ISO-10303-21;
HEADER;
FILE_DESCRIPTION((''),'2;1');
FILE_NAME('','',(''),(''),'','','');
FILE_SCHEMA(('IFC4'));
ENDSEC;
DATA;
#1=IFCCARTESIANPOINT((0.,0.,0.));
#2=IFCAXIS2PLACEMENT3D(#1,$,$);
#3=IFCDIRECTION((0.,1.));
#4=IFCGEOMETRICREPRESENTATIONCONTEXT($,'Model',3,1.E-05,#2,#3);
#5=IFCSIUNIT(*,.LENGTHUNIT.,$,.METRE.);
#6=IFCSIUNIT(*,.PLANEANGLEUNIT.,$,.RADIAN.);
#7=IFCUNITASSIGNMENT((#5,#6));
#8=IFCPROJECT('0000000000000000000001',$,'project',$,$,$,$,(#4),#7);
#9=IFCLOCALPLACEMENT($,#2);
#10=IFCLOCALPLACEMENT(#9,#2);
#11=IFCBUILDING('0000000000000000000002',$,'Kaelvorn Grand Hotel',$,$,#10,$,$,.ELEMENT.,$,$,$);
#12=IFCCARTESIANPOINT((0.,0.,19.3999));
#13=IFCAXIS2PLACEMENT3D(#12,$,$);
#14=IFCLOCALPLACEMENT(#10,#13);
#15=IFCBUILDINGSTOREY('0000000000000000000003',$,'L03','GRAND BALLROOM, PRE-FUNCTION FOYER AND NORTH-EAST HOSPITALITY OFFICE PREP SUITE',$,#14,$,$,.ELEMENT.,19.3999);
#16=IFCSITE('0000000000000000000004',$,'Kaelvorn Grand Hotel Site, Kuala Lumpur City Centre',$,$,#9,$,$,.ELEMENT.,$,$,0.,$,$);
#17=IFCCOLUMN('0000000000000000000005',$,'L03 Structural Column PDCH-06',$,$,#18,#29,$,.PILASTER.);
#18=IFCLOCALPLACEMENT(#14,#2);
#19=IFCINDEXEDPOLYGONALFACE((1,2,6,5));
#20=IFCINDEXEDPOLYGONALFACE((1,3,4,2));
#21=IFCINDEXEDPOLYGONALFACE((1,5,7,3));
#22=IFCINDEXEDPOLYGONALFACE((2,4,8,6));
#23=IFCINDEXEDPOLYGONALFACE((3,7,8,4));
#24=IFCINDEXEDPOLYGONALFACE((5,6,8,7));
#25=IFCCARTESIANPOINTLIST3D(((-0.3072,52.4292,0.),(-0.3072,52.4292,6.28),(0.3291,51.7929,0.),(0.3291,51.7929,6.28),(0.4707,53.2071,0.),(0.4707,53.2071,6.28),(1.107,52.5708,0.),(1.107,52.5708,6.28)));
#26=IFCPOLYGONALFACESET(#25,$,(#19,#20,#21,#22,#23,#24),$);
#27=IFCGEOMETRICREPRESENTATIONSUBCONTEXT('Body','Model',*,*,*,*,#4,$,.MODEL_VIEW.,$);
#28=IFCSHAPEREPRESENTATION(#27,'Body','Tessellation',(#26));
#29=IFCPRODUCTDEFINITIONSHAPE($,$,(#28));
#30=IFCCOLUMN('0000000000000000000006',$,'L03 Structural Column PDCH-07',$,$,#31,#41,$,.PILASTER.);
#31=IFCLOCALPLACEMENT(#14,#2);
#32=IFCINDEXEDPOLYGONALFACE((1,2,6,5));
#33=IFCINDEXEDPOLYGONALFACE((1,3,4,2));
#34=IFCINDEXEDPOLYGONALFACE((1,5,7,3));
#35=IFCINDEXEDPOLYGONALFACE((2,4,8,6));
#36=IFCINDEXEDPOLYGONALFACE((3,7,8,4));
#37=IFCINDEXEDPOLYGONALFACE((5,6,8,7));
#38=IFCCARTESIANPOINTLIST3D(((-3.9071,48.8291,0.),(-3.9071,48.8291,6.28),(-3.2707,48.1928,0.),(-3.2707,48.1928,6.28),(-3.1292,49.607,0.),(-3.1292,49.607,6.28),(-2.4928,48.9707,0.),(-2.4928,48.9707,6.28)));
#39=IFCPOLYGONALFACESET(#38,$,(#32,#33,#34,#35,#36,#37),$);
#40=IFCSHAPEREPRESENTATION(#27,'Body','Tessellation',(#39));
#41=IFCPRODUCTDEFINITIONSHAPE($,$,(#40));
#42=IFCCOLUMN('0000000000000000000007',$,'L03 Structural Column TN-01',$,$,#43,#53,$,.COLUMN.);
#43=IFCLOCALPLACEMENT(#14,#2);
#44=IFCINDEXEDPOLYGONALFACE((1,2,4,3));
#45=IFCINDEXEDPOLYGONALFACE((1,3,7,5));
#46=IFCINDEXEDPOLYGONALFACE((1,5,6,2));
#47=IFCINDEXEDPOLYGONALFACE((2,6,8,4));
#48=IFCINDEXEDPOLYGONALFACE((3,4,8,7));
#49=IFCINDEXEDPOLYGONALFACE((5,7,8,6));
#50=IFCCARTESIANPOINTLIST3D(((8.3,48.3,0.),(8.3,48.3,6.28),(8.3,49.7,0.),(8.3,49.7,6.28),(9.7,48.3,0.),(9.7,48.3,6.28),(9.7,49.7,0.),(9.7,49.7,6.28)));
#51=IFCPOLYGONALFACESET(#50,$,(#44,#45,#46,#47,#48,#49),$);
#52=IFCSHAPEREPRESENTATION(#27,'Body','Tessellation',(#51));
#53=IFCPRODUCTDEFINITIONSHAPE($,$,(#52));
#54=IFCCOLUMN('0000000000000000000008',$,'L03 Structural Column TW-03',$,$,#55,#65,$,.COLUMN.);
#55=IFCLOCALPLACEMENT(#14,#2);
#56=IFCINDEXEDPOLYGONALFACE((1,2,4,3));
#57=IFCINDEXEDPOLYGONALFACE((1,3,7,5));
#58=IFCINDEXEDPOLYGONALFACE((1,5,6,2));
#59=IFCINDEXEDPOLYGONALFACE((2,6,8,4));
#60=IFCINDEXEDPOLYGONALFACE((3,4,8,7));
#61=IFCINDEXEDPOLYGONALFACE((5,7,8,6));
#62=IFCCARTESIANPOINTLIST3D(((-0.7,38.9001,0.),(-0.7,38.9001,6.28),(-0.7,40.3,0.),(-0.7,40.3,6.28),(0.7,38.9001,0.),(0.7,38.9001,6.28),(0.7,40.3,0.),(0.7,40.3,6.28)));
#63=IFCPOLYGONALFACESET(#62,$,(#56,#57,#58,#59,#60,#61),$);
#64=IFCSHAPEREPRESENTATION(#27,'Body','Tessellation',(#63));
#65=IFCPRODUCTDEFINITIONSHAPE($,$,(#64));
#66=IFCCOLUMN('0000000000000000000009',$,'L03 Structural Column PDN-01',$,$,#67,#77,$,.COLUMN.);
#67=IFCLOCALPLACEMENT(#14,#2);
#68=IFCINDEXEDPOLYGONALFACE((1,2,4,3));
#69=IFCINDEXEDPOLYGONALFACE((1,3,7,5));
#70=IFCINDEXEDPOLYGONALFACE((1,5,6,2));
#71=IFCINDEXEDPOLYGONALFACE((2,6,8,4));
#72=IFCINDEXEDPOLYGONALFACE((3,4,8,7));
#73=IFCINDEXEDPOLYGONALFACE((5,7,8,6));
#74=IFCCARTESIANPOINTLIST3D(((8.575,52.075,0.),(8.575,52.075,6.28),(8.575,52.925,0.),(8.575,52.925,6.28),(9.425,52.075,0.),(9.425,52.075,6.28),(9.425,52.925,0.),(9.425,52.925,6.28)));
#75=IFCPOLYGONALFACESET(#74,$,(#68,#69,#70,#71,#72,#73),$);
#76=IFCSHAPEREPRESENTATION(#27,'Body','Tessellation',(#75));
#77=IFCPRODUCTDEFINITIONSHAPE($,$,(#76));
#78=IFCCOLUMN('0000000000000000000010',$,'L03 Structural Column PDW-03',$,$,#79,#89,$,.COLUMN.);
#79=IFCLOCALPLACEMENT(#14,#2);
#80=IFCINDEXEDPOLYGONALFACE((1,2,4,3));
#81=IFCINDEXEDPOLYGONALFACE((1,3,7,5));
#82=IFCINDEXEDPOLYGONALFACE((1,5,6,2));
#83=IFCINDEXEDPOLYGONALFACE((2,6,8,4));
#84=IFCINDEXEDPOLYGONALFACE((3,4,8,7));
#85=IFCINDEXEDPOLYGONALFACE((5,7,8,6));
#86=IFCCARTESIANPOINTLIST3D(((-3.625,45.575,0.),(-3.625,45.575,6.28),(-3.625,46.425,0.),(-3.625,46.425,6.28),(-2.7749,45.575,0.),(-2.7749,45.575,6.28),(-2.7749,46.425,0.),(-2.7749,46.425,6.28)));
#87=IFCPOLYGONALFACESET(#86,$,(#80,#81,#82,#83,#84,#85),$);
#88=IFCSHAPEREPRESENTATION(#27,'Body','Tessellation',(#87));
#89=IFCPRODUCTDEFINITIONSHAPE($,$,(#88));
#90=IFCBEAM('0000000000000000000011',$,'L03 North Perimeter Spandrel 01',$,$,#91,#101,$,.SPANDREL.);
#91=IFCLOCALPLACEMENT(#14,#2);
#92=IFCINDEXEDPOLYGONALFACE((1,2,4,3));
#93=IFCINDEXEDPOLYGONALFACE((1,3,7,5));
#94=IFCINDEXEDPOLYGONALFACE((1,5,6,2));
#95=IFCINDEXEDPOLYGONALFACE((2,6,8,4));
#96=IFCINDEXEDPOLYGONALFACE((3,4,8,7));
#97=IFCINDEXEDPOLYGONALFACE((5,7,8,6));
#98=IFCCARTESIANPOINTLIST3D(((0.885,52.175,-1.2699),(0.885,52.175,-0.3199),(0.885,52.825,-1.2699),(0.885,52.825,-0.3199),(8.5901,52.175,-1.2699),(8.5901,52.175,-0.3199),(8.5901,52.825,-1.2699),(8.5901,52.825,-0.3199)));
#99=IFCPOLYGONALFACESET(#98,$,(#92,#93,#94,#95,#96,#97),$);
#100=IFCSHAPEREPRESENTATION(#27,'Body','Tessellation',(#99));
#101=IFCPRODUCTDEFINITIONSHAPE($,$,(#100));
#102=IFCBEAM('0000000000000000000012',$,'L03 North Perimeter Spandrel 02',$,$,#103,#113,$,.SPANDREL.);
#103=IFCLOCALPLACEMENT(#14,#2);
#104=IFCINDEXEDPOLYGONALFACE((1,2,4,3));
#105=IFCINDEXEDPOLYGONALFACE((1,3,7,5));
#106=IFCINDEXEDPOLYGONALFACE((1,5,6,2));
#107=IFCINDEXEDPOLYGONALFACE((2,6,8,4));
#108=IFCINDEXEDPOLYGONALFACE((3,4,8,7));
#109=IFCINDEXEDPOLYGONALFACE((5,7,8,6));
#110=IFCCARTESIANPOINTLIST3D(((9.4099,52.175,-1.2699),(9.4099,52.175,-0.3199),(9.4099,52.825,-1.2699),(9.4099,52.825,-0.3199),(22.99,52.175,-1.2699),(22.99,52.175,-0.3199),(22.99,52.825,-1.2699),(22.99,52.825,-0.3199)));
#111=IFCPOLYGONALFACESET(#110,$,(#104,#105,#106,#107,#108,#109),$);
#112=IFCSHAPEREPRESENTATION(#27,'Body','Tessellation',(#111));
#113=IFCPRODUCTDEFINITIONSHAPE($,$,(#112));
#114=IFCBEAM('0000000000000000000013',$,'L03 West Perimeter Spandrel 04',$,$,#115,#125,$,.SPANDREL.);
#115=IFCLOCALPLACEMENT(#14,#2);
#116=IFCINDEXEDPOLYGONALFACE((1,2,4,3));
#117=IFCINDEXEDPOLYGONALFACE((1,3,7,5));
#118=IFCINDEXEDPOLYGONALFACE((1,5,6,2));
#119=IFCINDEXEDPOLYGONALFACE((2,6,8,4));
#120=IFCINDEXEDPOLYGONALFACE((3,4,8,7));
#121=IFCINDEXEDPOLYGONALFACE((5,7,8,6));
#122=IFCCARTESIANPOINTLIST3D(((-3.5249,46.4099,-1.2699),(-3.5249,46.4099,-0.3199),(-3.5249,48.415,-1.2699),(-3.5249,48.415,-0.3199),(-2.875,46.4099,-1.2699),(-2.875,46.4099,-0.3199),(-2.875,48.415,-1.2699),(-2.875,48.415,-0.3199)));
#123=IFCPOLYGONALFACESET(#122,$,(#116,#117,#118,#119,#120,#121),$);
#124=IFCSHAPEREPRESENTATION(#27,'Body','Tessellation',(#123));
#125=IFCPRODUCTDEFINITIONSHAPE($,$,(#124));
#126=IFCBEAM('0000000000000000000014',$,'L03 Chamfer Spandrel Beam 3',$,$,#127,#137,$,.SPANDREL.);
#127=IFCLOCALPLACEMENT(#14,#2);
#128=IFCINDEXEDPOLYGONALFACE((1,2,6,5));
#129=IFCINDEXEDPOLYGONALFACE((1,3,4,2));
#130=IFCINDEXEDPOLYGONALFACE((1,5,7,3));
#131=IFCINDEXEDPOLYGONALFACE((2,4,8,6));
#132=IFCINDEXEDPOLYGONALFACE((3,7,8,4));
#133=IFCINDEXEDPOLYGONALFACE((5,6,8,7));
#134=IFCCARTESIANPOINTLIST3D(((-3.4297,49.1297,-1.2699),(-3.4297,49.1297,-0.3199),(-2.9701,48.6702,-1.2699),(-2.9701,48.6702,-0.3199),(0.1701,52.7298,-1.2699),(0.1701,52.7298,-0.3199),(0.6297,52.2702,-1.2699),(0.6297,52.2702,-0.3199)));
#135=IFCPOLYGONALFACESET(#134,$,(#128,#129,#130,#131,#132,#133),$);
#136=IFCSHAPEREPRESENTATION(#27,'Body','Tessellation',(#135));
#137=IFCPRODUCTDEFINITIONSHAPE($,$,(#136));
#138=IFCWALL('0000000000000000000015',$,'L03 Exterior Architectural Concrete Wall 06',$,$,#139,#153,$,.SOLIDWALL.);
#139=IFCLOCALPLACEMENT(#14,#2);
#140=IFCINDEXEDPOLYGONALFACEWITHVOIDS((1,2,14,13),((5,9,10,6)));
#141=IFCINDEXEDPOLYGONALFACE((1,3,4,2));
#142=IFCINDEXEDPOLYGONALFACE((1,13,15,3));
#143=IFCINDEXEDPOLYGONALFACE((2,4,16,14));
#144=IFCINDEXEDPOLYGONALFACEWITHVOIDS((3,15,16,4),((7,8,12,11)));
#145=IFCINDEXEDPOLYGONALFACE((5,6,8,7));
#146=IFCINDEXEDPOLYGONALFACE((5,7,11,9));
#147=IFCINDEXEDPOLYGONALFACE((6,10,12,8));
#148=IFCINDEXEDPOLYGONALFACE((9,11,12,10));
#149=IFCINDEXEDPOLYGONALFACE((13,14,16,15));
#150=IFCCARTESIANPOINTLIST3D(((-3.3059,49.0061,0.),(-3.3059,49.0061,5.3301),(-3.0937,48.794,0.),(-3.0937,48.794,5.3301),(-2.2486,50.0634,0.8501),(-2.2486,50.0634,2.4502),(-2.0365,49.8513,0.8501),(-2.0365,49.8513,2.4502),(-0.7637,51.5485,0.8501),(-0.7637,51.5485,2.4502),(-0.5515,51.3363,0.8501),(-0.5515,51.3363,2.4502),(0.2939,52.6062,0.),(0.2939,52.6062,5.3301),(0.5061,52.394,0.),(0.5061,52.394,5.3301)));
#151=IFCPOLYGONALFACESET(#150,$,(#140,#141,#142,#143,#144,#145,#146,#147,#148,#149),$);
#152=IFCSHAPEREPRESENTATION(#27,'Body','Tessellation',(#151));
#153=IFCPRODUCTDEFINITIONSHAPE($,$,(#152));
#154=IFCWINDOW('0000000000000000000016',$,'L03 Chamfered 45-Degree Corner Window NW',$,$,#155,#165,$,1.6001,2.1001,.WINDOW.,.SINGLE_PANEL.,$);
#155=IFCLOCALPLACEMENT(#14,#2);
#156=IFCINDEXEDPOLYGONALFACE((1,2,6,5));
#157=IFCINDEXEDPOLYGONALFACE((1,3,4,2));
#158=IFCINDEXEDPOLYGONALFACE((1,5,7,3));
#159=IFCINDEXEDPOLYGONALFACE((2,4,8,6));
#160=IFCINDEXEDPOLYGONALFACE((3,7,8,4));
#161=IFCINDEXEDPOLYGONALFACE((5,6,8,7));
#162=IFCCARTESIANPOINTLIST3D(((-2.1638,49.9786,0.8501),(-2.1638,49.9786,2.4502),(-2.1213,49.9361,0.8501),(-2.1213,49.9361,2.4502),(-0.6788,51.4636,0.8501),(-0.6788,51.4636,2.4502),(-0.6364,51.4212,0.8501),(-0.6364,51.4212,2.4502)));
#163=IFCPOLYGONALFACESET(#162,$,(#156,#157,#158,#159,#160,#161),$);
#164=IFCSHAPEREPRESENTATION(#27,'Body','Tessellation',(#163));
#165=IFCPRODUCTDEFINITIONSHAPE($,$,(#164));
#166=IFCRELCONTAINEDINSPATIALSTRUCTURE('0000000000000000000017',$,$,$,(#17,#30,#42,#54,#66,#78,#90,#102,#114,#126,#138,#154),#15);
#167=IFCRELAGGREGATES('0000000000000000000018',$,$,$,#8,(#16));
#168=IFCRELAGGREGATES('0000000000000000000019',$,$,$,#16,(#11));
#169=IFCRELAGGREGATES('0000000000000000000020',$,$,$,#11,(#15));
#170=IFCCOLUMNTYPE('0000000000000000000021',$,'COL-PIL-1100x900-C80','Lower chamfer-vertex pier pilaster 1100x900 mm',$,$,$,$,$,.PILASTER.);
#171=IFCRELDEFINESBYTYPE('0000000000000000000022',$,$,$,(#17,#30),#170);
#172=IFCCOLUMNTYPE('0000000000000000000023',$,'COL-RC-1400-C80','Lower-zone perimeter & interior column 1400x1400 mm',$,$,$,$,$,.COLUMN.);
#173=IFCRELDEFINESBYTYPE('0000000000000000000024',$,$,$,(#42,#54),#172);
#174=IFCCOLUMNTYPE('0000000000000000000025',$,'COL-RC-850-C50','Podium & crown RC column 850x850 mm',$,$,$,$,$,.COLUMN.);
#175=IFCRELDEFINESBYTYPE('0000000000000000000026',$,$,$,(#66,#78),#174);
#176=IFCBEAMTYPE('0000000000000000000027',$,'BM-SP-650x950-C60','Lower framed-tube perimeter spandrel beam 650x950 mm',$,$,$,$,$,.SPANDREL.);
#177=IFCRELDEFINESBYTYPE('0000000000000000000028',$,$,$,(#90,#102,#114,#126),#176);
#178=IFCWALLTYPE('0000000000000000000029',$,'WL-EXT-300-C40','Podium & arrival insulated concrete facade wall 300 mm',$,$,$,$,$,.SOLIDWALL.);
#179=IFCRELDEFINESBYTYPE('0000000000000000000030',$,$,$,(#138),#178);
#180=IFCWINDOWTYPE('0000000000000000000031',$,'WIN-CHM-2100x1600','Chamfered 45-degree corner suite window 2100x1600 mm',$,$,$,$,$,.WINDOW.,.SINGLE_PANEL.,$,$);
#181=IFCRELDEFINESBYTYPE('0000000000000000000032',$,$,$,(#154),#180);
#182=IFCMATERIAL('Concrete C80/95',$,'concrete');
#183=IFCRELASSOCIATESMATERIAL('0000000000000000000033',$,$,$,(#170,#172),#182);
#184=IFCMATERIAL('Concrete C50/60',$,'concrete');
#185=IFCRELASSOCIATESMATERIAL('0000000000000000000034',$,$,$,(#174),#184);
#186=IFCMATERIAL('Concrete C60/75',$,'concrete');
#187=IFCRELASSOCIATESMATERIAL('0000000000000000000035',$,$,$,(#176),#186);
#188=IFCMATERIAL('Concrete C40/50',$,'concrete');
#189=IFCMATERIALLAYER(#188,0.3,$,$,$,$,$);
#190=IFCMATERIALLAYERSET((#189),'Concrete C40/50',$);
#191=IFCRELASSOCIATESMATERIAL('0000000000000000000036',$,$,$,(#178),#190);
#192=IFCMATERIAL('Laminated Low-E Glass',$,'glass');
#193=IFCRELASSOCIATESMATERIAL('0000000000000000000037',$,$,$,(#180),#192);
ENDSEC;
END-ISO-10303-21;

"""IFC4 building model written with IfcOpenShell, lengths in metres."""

from ifc_helpers import new_model, si_unit, direction, frame, frame_2d, origin, origin_2d, place, context, subcontext, project, spatial, rectangle, extrude, material, layer, layer_set, material_profile, profile_set, type_object, element, fill, save


model = new_model("IFC4")

# Units and contexts
model_context = context("Model", 3, precision=1e-05, world=origin(), true_north=direction((0.0, 1.0)))
body_context = subcontext(model_context, "Body", "Model", "MODEL_VIEW")
ifc_project = project(units=[si_unit("LENGTHUNIT", "METRE"), si_unit("PLANEANGLEUNIT", "RADIAN")], contexts=[model_context])

# Site, building, storey
site_placement = place(None, origin())
site = spatial("IfcSite", under=ifc_project, at=site_placement, Name="Kaelvorn Grand Hotel Site, Kuala Lumpur City Centre", CompositionType="ELEMENT", RefElevation=0.0)
building_placement = place(site_placement, origin())
building = spatial("IfcBuilding", under=site, at=building_placement, Name="Kaelvorn Grand Hotel", CompositionType="ELEMENT")
storey_placement = place(building_placement, frame((0.0, 0.0, 19.3999)))
storey = spatial("IfcBuildingStorey", under=building, at=storey_placement, Name="L03", Description="GRAND BALLROOM, PRE-FUNCTION FOYER AND NORTH-EAST HOSPITALITY OFFICE PREP SUITE", CompositionType="ELEMENT", Elevation=19.3999)

# Columns
ifc_material_1 = material(Name="Concrete C80/95", Category="concrete")
ifc_material_profile_1 = material_profile(ifc_material_1, rectangle(XDim=1.1001, YDim=0.8999, at=origin_2d()), Name="RC PILASTER 1100x900")
ifc_profile_set_1 = profile_set([ifc_material_profile_1], Name="Concrete C80/95")
column_type_1 = type_object("IfcColumnType", Name="COL-PIL-1100x900-C80", Description="Lower chamfer-vertex pier pilaster 1100x900 mm", PredefinedType="PILASTER", material=ifc_profile_set_1)
for number, where, z_axis, x_axis, name in (
    (1, (0.3999, 52.5, 0.0), (0.0, 0.0, 1.0), (0.707107, 0.707107, 0.0), "L03 Structural Column PDCH-06"),
    (2, (-3.2, 48.8999, 0.0), (0.0, 0.0, 1.0), (0.707107, 0.707107, 0.0), "L03 Structural Column PDCH-07"),
):
    element("IfcColumn", number, at=place(storey_placement, frame(where, z_axis=z_axis, x_axis=x_axis)), inside=storey, type_object=column_type_1, Name=name, PredefinedType="PILASTER", context=body_context, shape_type="SweptSolid", body=[
        extrude(rectangle(XDim=1.1001, YDim=0.8999, at=origin_2d()), origin(), (0.0, 0.0, 1.0), 6.28),
    ])
ifc_material_profile_2 = material_profile(ifc_material_1, rectangle(XDim=1.3999, YDim=1.3999, at=origin_2d()), Name="RC COL 1400x1400")
ifc_profile_set_2 = profile_set([ifc_material_profile_2], Name="Concrete C80/95")
column_type_2 = type_object("IfcColumnType", Name="COL-RC-1400-C80", Description="Lower-zone perimeter & interior column 1400x1400 mm", PredefinedType="COLUMN", material=ifc_profile_set_2)
for number, where, z_axis, x_axis, name in (
    (3, (9.0, 49.0, 0.0), (0.0, 0.0, 1.0), (1.0, 0.0, 0.0), "L03 Structural Column TN-01"),
    (4, (0.0, 39.6001, 0.0), (0.0, 0.0, 1.0), (1.0, 0.0, 0.0), "L03 Structural Column TW-03"),
):
    element("IfcColumn", number, at=place(storey_placement, frame(where, z_axis=z_axis, x_axis=x_axis)), inside=storey, type_object=column_type_2, Name=name, PredefinedType="COLUMN", context=body_context, shape_type="SweptSolid", body=[
        extrude(rectangle(XDim=1.3999, YDim=1.3999, at=origin_2d()), origin(), (0.0, 0.0, 1.0), 6.28),
    ])
ifc_material_2 = material(Name="Concrete C50/60", Category="concrete")
ifc_material_profile_3 = material_profile(ifc_material_2, rectangle(XDim=0.8501, YDim=0.8501, at=origin_2d()), Name="RC COL 850x850")
ifc_profile_set_3 = profile_set([ifc_material_profile_3], Name="Concrete C50/60")
column_type_3 = type_object("IfcColumnType", Name="COL-RC-850-C50", Description="Podium & crown RC column 850x850 mm", PredefinedType="COLUMN", material=ifc_profile_set_3)
for number, where, z_axis, x_axis, name in (
    (5, (9.0, 52.5, 0.0), (0.0, 0.0, 1.0), (1.0, 0.0, 0.0), "L03 Structural Column PDN-01"),
    (6, (-3.2, 46.0, 0.0), (0.0, 0.0, 1.0), (1.0, 0.0, 0.0), "L03 Structural Column PDW-03"),
):
    element("IfcColumn", number, at=place(storey_placement, frame(where, z_axis=z_axis, x_axis=x_axis)), inside=storey, type_object=column_type_3, Name=name, PredefinedType="COLUMN", context=body_context, shape_type="SweptSolid", body=[
        extrude(rectangle(XDim=0.8501, YDim=0.8501, at=origin_2d()), origin(), (0.0, 0.0, 1.0), 6.28),
    ])

# Beams
ifc_material_3 = material(Name="Concrete C60/75", Category="concrete")
ifc_material_profile_4 = material_profile(ifc_material_3, rectangle(XDim=0.6499, YDim=0.95, at=origin_2d()), Name="RC SPANDREL 650x950")
ifc_profile_set_4 = profile_set([ifc_material_profile_4], Name="Concrete C60/75")
beam_type = type_object("IfcBeamType", Name="BM-SP-650x950-C60", Description="Lower framed-tube perimeter spandrel beam 650x950 mm", PredefinedType="SPANDREL", material=ifc_profile_set_4)
beam_1_placement = place(storey_placement, frame((0.885, 52.5, -0.7949), z_axis=(1.0, 0.0, 0.0), x_axis=(0.0, 1.0, 0.0)))
element("IfcBeam", 7, at=beam_1_placement, inside=storey, type_object=beam_type, Name="L03 North Perimeter Spandrel 01", PredefinedType="SPANDREL", context=body_context, shape_type="SweptSolid", body=[
    extrude(rectangle(XDim=0.6499, YDim=0.95, at=origin_2d()), origin(), (0.0, 0.0, 1.0), 7.7051),
])
beam_2_placement = place(storey_placement, frame((9.4099, 52.5, -0.7949), z_axis=(1.0, 0.0, 0.0), x_axis=(0.0, 1.0, 0.0)))
element("IfcBeam", 8, at=beam_2_placement, inside=storey, type_object=beam_type, Name="L03 North Perimeter Spandrel 02", PredefinedType="SPANDREL", context=body_context, shape_type="SweptSolid", body=[
    extrude(rectangle(XDim=0.6499, YDim=0.95, at=origin_2d()), origin(), (0.0, 0.0, 1.0), 13.5801),
])
beam_3_placement = place(storey_placement, frame((-3.2, 46.4099, -0.7949), z_axis=(0.0, 1.0, 0.0), x_axis=(-1.0, 0.0, 0.0)))
element("IfcBeam", 9, at=beam_3_placement, inside=storey, type_object=beam_type, Name="L03 West Perimeter Spandrel 04", PredefinedType="SPANDREL", context=body_context, shape_type="SweptSolid", body=[
    extrude(rectangle(XDim=0.6499, YDim=0.95, at=origin_2d()), origin(), (0.0, 0.0, 1.0), 2.0051),
])
beam_4_placement = place(storey_placement, frame((0.3999, 52.5, -0.7949), z_axis=(-0.707083, -0.707131, 0.0), x_axis=(0.707131, -0.707083, 0.0)))
element("IfcBeam", 10, at=beam_4_placement, inside=storey, type_object=beam_type, Name="L03 Chamfer Spandrel Beam 3", PredefinedType="SPANDREL", context=body_context, shape_type="SweptSolid", body=[
    extrude(rectangle(XDim=0.6499, YDim=0.95, at=origin_2d()), origin(), (0.0, 0.0, 1.0), 5.0911),
])

# Wall, opening, window
ifc_material_4 = material(Name="Concrete C40/50", Category="concrete")
ifc_layer_1 = layer(ifc_material_4, 0.3)
ifc_layer_set_1 = layer_set([ifc_layer_1], Name="Concrete C40/50")
wall_type_1 = type_object("IfcWallType", Name="WL-EXT-300-C40", Description="Podium & arrival insulated concrete facade wall 300 mm", PredefinedType="SOLIDWALL", material=ifc_layer_set_1)
wall_1_placement = place(storey_placement, frame((0.3999, 52.5, 0.0), z_axis=(0.0, 0.0, 1.0), x_axis=(-0.707083, -0.707131, 0.0)))
wall_1 = element("IfcWall", 11, at=wall_1_placement, inside=storey, type_object=wall_type_1, Name="L03 Exterior Architectural Concrete Wall 06", PredefinedType="SOLIDWALL", context=body_context, shape_type="SweptSolid", body=[
    extrude(rectangle(XDim=5.0911, YDim=0.3, at=frame_2d((2.5454, 0.0))), origin(), (0.0, 0.0, 1.0), 5.3301),
])
opening_1_placement = place(wall_1_placement, frame((1.4956, 0.0, 0.8501)))
opening_1 = element("IfcOpeningElement", 12, at=opening_1_placement, cuts=wall_1, PredefinedType="OPENING", context=body_context, shape_type="SweptSolid", body=[
    extrude(rectangle(XDim=2.1001, YDim=1.6001, at=frame_2d((1.05, 0.8))), frame((0.0, 0.1602, 0.0), z_axis=(0.0, -1.0, 0.0), x_axis=(1.0, 0.0, 0.0)), (0.0, 0.0, 1.0), 0.3201),
])
ifc_material_5 = material(Name="Laminated Low-E Glass", Category="glass")
window_type_1 = type_object("IfcWindowType", Name="WIN-CHM-2100x1600", Description="Chamfered 45-degree corner suite window 2100x1600 mm", PartitioningType="SINGLE_PANEL", PredefinedType="WINDOW", material=ifc_material_5)
window_1_placement = place(opening_1_placement, origin())
window_1 = element("IfcWindow", 13, at=window_1_placement, inside=storey, type_object=window_type_1, Name="L03 Chamfered 45-Degree Corner Window NW", OverallHeight=1.6001, OverallWidth=2.1001, PartitioningType="SINGLE_PANEL", PredefinedType="WINDOW", context=body_context, shape_type="SweptSolid", body=[
    extrude(rectangle(XDim=2.1001, YDim=1.6001, at=frame_2d((1.05, 0.8))), frame((0.0, 0.03, 0.0), z_axis=(0.0, -1.0, 0.0), x_axis=(1.0, 0.0, 0.0)), (0.0, 0.0, 1.0), 0.0601),
])
fill(opening_1, window_1)

save(model, "model.ifc")
